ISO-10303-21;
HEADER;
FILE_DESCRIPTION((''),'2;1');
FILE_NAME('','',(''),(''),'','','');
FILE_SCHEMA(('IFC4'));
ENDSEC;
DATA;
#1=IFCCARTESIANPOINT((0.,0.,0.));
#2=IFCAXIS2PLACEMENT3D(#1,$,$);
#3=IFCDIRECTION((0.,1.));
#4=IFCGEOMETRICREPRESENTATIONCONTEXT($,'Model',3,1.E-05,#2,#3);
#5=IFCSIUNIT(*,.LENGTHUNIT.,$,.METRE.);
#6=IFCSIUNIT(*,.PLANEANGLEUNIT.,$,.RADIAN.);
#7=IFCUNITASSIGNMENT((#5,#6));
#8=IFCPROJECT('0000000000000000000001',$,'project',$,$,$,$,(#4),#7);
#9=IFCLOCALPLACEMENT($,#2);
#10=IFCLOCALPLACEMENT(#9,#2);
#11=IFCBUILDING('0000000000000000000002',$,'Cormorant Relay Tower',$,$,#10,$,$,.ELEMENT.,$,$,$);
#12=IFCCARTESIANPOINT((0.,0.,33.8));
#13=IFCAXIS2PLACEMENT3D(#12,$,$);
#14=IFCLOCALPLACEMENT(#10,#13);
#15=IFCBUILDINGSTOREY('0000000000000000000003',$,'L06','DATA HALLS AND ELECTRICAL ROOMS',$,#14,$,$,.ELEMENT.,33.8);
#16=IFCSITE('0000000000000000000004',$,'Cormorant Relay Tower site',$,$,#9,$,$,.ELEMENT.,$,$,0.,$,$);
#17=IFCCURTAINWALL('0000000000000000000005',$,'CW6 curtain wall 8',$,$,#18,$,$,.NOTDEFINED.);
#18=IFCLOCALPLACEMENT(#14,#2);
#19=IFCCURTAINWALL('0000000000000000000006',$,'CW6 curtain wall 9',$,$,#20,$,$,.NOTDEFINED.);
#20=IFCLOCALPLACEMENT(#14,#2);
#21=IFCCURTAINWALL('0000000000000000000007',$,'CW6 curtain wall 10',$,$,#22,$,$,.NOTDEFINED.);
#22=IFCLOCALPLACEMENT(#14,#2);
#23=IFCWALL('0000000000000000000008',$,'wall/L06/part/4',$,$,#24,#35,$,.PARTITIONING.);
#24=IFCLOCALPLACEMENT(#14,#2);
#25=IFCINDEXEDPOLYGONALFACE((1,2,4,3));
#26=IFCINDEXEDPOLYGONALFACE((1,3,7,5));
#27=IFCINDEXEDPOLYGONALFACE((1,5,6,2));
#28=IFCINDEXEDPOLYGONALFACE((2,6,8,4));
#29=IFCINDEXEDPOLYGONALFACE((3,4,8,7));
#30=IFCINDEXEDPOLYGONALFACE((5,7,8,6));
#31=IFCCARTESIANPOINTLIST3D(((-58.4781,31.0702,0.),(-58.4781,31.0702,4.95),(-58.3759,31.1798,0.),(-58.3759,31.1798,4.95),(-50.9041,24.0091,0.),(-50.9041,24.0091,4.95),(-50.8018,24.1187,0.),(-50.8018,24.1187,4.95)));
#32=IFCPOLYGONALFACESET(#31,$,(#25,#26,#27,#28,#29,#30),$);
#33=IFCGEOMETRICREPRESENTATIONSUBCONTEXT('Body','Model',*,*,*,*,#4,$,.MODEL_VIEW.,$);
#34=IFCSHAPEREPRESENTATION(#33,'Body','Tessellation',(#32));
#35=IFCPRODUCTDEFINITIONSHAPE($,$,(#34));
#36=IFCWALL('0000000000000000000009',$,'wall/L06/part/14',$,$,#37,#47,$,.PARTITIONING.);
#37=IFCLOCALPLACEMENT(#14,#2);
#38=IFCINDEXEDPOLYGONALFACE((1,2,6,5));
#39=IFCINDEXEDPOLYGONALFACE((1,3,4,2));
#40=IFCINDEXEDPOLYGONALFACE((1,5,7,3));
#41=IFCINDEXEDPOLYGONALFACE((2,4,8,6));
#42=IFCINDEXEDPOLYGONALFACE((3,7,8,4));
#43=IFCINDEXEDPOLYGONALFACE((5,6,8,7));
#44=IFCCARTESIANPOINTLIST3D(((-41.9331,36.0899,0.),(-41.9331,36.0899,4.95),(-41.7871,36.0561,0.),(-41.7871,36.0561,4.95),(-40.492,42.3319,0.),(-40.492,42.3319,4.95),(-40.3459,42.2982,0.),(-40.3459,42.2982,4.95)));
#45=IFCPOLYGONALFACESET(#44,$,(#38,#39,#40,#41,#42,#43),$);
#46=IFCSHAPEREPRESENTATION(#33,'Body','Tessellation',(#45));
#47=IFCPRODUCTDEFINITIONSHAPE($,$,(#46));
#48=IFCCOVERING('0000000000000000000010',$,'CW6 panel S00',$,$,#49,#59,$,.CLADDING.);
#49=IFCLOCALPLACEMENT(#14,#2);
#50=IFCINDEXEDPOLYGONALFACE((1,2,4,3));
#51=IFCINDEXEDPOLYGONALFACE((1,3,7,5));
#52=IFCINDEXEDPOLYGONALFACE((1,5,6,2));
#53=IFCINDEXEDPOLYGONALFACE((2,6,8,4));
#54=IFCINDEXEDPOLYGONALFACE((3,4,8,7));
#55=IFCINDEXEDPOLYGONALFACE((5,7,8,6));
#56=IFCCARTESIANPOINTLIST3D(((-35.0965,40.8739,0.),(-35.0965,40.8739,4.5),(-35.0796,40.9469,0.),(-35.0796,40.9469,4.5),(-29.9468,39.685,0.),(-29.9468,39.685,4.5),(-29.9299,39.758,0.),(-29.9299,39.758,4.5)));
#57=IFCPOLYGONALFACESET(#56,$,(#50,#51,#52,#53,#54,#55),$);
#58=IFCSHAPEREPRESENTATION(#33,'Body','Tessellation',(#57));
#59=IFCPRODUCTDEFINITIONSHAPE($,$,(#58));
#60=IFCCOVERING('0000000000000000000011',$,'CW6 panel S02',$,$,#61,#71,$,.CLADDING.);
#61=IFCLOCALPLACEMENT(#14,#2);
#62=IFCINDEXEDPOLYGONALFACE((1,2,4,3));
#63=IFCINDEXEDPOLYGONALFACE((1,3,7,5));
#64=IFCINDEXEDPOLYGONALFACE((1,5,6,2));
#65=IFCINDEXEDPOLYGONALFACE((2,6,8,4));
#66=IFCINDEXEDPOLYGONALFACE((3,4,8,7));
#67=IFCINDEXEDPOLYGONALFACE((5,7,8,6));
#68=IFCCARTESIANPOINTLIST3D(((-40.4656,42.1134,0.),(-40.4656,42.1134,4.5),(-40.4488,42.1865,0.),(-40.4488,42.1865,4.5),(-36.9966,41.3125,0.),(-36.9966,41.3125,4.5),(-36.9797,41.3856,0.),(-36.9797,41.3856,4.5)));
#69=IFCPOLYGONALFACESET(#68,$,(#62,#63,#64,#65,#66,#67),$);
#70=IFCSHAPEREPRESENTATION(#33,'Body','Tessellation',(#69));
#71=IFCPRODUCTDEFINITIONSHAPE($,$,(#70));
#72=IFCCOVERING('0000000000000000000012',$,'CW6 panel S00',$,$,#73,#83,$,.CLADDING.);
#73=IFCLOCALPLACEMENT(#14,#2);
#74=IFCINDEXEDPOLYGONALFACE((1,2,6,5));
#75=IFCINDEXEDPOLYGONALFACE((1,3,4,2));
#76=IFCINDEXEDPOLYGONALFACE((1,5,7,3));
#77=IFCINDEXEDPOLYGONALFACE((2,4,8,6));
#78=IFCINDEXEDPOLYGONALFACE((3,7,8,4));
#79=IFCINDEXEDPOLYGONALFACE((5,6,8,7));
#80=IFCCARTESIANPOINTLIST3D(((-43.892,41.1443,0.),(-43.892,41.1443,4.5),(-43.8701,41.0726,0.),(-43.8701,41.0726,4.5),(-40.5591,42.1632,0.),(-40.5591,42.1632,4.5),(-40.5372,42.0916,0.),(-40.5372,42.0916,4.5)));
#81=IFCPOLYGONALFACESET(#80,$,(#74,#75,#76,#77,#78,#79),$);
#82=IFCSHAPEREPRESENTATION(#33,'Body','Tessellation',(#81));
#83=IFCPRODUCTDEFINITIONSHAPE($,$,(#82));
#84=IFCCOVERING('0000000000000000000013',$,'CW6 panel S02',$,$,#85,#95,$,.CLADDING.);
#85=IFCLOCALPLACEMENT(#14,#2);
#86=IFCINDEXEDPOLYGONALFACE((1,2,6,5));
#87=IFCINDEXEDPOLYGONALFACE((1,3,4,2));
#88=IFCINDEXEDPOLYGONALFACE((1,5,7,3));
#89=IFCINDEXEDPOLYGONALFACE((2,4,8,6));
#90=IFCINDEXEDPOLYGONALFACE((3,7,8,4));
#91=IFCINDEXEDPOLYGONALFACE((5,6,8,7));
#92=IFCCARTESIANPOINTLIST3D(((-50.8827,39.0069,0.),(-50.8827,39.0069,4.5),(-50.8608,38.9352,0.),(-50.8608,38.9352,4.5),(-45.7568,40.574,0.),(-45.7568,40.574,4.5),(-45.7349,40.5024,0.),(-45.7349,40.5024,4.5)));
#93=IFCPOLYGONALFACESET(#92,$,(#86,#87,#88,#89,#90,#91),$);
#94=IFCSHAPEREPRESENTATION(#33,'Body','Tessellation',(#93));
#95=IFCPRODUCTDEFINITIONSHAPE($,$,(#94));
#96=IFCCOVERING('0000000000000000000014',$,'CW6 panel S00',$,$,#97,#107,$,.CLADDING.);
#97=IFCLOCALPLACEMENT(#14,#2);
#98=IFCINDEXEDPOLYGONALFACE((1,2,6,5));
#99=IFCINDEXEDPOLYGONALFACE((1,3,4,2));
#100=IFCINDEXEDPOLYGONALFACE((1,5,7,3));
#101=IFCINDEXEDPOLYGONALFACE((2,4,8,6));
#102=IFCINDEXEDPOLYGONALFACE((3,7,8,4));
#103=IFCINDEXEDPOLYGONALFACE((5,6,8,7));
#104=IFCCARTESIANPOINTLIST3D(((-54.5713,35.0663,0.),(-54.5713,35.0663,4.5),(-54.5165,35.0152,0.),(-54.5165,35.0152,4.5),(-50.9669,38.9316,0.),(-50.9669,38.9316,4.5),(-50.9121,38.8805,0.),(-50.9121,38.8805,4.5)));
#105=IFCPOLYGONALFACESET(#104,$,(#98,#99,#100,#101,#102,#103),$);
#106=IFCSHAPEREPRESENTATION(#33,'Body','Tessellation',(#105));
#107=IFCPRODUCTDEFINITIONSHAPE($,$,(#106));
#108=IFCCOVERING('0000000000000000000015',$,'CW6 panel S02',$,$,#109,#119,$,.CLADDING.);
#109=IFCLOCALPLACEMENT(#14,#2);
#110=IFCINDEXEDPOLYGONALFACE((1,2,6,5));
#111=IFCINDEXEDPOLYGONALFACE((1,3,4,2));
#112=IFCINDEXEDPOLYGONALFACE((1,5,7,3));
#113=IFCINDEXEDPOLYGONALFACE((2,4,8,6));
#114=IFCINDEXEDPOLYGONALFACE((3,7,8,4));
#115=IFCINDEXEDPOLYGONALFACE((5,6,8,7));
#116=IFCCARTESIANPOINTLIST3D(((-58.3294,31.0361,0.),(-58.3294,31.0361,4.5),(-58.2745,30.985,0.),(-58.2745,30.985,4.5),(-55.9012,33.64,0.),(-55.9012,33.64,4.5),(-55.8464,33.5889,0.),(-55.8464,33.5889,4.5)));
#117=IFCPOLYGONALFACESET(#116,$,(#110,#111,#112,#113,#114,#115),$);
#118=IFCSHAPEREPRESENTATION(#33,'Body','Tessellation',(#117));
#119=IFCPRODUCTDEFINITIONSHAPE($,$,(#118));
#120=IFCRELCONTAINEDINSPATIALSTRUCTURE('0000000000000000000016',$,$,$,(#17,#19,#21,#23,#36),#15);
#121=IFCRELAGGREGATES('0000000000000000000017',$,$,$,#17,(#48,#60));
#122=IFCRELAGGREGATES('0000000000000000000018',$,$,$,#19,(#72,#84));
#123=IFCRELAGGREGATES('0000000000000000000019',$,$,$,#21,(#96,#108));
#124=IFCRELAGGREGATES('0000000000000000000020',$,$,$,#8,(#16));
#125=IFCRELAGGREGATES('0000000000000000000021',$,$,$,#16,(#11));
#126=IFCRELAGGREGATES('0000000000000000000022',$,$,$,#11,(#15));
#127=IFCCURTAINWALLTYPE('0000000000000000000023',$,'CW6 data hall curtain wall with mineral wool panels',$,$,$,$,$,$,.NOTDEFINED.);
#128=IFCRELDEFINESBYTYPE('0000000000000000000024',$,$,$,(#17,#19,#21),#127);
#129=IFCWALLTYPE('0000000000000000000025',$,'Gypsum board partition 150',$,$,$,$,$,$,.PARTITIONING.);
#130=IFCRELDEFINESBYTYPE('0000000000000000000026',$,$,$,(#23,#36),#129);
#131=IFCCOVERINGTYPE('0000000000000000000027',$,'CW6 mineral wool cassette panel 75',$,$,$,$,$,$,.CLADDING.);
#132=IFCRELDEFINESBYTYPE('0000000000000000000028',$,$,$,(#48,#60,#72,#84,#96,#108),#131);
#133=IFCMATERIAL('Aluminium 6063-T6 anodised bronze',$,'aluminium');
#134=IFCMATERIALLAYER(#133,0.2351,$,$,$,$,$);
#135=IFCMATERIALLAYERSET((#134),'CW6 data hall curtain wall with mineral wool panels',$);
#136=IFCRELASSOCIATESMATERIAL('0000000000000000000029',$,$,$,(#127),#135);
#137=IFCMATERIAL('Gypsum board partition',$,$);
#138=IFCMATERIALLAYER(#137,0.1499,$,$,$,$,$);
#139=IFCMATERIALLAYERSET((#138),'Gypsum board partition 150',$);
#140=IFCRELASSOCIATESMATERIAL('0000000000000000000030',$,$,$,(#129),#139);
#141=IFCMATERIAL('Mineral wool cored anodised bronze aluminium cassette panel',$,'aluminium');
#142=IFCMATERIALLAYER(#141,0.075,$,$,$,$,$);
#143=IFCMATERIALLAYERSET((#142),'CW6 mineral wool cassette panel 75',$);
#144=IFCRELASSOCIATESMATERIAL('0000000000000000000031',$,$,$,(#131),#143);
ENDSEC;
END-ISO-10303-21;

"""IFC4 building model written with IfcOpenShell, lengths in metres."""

from ifc_helpers import new_model, si_unit, direction, frame, frame_2d, origin, origin_2d, place, context, subcontext, project, spatial, rectangle, extrude, material, layer, layer_set, type_object, element, aggregate, save


model = new_model("IFC4")

# Units and contexts
model_context = context("Model", 3, precision=1e-05, world=origin(), true_north=direction((0.0, 1.0)))
body_context = subcontext(model_context, "Body", "Model", "MODEL_VIEW")
ifc_project = project(units=[si_unit("LENGTHUNIT", "METRE"), si_unit("PLANEANGLEUNIT", "RADIAN")], contexts=[model_context])

# Site, building, storey
site_placement = place(None, origin())
site = spatial("IfcSite", under=ifc_project, at=site_placement, Name="Cormorant Relay Tower site", CompositionType="ELEMENT", RefElevation=0.0)
building_placement = place(site_placement, origin())
building = spatial("IfcBuilding", under=site, at=building_placement, Name="Cormorant Relay Tower", CompositionType="ELEMENT")
storey_placement = place(building_placement, frame((0.0, 0.0, 33.8)))
storey = spatial("IfcBuildingStorey", under=building, at=storey_placement, Name="L06", Description="DATA HALLS AND ELECTRICAL ROOMS", CompositionType="ELEMENT", Elevation=33.8)

# Curtain wall
ifc_material_1 = material(Name="Aluminium 6063-T6 anodised bronze", Category="aluminium")
ifc_layer_1 = layer(ifc_material_1, 0.2351)
ifc_layer_set_1 = layer_set([ifc_layer_1], Name="CW6 data hall curtain wall with mineral wool panels")
curtain_wall_type = type_object("IfcCurtainWallType", Name="CW6 data hall curtain wall with mineral wool panels", PredefinedType="NOTDEFINED", material=ifc_layer_set_1)
curtain_wall_1_placement = place(storey_placement, origin())
curtain_wall_1 = element("IfcCurtainWall", 1, at=curtain_wall_1_placement, inside=storey, type_object=curtain_wall_type, Name="CW6 curtain wall 8", PredefinedType="NOTDEFINED")

# Curtain walls
curtain_wall_2_placement = place(storey_placement, origin())
curtain_wall_2 = element("IfcCurtainWall", 2, at=curtain_wall_2_placement, inside=storey, type_object=curtain_wall_type, Name="CW6 curtain wall 9", PredefinedType="NOTDEFINED")
curtain_wall_3_placement = place(storey_placement, origin())
curtain_wall_3 = element("IfcCurtainWall", 3, at=curtain_wall_3_placement, inside=storey, type_object=curtain_wall_type, Name="CW6 curtain wall 10", PredefinedType="NOTDEFINED")

# Walls
ifc_material_2 = material(Name="Gypsum board partition")
ifc_layer_2 = layer(ifc_material_2, 0.1499)
ifc_layer_set_2 = layer_set([ifc_layer_2], Name="Gypsum board partition 150")
wall_type_1 = type_object("IfcWallType", Name="Gypsum board partition 150", PredefinedType="PARTITIONING", material=ifc_layer_set_2)
wall_1_placement = place(storey_placement, frame((-58.427, 31.125, 0.0), z_axis=(0.0, 0.0, 1.0), x_axis=(0.731441, -0.681905, 0.0)))
element("IfcWall", 4, at=wall_1_placement, inside=storey, type_object=wall_type_1, Name="wall/L06/part/4", PredefinedType="PARTITIONING", context=body_context, shape_type="SweptSolid", body=[
    extrude(rectangle(XDim=10.355, YDim=0.1499, at=frame_2d((5.1775, 0.0))), origin(), (0.0, 0.0, 1.0), 4.95),
])
wall_2_placement = place(storey_placement, frame((-41.8601, 36.073, 0.0), z_axis=(0.0, 0.0, 1.0), x_axis=(0.224965, 0.974367, 0.0)))
element("IfcWall", 5, at=wall_2_placement, inside=storey, type_object=wall_type_1, Name="wall/L06/part/14", PredefinedType="PARTITIONING", context=body_context, shape_type="SweptSolid", body=[
    extrude(rectangle(XDim=6.4062, YDim=0.1499, at=frame_2d((3.2031, 0.0))), origin(), (0.0, 0.0, 1.0), 4.95),
])

# Coverings
ifc_material_3 = material(Name="Mineral wool cored anodised bronze aluminium cassette panel", Category="aluminium")
ifc_layer_3 = layer(ifc_material_3, 0.075)
ifc_layer_set_3 = layer_set([ifc_layer_3], Name="CW6 mineral wool cassette panel 75")
covering_type = type_object("IfcCoveringType", Name="CW6 mineral wool cassette panel 75", PredefinedType="CLADDING", material=ifc_layer_set_3)
covering_1_placement = place(storey_placement, frame((-32.5132, 40.3159, 0.0), z_axis=(0.0, 0.0, 1.0), x_axis=(-0.97437, 0.224951, 0.0)))
covering_1 = element("IfcCovering", 6, at=covering_1_placement, type_object=covering_type, Name="CW6 panel S00", PredefinedType="CLADDING", context=body_context, shape_type="SweptSolid", body=[
    extrude(rectangle(XDim=5.2852, YDim=0.075, at=origin_2d()), origin(), (0.0, 0.0, 1.0), 4.5),
])
covering_2_placement = place(storey_placement, frame((-38.7227, 41.7495, 0.0), z_axis=(0.0, 0.0, 1.0), x_axis=(-0.97437, 0.224951, 0.0)))
covering_2 = element("IfcCovering", 7, at=covering_2_placement, type_object=covering_type, Name="CW6 panel S02", PredefinedType="CLADDING", context=body_context, shape_type="SweptSolid", body=[
    extrude(rectangle(XDim=3.5603, YDim=0.075, at=origin_2d()), origin(), (0.0, 0.0, 1.0), 4.5),
])
aggregate(curtain_wall_1, [covering_1, covering_2])
covering_3_placement = place(storey_placement, frame((-42.2146, 41.6179, 0.0), z_axis=(0.0, 0.0, 1.0), x_axis=(-0.956305, -0.292372, 0.0)))
covering_3 = element("IfcCovering", 8, at=covering_3_placement, type_object=covering_type, Name="CW6 panel S00", PredefinedType="CLADDING", context=body_context, shape_type="SweptSolid", body=[
    extrude(rectangle(XDim=3.4851, YDim=0.075, at=origin_2d()), origin(), (0.0, 0.0, 1.0), 4.5),
])
covering_4_placement = place(storey_placement, frame((-48.3088, 39.7546, 0.0), z_axis=(0.0, 0.0, 1.0), x_axis=(-0.956305, -0.292372, 0.0)))
covering_4 = element("IfcCovering", 9, at=covering_4_placement, type_object=covering_type, Name="CW6 panel S02", PredefinedType="CLADDING", context=body_context, shape_type="SweptSolid", body=[
    extrude(rectangle(XDim=5.3601, YDim=0.075, at=origin_2d()), origin(), (0.0, 0.0, 1.0), 4.5),
])
aggregate(curtain_wall_2, [covering_3, covering_4])
covering_5_placement = place(storey_placement, frame((-52.7417, 36.9734, 0.0), z_axis=(0.0, 0.0, 1.0), x_axis=(-0.681998, -0.731354, 0.0)))
covering_5 = element("IfcCovering", 10, at=covering_5_placement, type_object=covering_type, Name="CW6 panel S00", PredefinedType="CLADDING", context=body_context, shape_type="SweptSolid", body=[
    extrude(rectangle(XDim=5.2852, YDim=0.075, at=origin_2d()), origin(), (0.0, 0.0, 1.0), 4.5),
])
covering_6_placement = place(storey_placement, frame((-57.0879, 32.3125, 0.0), z_axis=(0.0, 0.0, 1.0), x_axis=(-0.681998, -0.731354, 0.0)))
covering_6 = element("IfcCovering", 11, at=covering_6_placement, type_object=covering_type, Name="CW6 panel S02", PredefinedType="CLADDING", context=body_context, shape_type="SweptSolid", body=[
    extrude(rectangle(XDim=3.5603, YDim=0.075, at=origin_2d()), origin(), (0.0, 0.0, 1.0), 4.5),
])
aggregate(curtain_wall_3, [covering_5, covering_6])

save(model, "model.ifc")
